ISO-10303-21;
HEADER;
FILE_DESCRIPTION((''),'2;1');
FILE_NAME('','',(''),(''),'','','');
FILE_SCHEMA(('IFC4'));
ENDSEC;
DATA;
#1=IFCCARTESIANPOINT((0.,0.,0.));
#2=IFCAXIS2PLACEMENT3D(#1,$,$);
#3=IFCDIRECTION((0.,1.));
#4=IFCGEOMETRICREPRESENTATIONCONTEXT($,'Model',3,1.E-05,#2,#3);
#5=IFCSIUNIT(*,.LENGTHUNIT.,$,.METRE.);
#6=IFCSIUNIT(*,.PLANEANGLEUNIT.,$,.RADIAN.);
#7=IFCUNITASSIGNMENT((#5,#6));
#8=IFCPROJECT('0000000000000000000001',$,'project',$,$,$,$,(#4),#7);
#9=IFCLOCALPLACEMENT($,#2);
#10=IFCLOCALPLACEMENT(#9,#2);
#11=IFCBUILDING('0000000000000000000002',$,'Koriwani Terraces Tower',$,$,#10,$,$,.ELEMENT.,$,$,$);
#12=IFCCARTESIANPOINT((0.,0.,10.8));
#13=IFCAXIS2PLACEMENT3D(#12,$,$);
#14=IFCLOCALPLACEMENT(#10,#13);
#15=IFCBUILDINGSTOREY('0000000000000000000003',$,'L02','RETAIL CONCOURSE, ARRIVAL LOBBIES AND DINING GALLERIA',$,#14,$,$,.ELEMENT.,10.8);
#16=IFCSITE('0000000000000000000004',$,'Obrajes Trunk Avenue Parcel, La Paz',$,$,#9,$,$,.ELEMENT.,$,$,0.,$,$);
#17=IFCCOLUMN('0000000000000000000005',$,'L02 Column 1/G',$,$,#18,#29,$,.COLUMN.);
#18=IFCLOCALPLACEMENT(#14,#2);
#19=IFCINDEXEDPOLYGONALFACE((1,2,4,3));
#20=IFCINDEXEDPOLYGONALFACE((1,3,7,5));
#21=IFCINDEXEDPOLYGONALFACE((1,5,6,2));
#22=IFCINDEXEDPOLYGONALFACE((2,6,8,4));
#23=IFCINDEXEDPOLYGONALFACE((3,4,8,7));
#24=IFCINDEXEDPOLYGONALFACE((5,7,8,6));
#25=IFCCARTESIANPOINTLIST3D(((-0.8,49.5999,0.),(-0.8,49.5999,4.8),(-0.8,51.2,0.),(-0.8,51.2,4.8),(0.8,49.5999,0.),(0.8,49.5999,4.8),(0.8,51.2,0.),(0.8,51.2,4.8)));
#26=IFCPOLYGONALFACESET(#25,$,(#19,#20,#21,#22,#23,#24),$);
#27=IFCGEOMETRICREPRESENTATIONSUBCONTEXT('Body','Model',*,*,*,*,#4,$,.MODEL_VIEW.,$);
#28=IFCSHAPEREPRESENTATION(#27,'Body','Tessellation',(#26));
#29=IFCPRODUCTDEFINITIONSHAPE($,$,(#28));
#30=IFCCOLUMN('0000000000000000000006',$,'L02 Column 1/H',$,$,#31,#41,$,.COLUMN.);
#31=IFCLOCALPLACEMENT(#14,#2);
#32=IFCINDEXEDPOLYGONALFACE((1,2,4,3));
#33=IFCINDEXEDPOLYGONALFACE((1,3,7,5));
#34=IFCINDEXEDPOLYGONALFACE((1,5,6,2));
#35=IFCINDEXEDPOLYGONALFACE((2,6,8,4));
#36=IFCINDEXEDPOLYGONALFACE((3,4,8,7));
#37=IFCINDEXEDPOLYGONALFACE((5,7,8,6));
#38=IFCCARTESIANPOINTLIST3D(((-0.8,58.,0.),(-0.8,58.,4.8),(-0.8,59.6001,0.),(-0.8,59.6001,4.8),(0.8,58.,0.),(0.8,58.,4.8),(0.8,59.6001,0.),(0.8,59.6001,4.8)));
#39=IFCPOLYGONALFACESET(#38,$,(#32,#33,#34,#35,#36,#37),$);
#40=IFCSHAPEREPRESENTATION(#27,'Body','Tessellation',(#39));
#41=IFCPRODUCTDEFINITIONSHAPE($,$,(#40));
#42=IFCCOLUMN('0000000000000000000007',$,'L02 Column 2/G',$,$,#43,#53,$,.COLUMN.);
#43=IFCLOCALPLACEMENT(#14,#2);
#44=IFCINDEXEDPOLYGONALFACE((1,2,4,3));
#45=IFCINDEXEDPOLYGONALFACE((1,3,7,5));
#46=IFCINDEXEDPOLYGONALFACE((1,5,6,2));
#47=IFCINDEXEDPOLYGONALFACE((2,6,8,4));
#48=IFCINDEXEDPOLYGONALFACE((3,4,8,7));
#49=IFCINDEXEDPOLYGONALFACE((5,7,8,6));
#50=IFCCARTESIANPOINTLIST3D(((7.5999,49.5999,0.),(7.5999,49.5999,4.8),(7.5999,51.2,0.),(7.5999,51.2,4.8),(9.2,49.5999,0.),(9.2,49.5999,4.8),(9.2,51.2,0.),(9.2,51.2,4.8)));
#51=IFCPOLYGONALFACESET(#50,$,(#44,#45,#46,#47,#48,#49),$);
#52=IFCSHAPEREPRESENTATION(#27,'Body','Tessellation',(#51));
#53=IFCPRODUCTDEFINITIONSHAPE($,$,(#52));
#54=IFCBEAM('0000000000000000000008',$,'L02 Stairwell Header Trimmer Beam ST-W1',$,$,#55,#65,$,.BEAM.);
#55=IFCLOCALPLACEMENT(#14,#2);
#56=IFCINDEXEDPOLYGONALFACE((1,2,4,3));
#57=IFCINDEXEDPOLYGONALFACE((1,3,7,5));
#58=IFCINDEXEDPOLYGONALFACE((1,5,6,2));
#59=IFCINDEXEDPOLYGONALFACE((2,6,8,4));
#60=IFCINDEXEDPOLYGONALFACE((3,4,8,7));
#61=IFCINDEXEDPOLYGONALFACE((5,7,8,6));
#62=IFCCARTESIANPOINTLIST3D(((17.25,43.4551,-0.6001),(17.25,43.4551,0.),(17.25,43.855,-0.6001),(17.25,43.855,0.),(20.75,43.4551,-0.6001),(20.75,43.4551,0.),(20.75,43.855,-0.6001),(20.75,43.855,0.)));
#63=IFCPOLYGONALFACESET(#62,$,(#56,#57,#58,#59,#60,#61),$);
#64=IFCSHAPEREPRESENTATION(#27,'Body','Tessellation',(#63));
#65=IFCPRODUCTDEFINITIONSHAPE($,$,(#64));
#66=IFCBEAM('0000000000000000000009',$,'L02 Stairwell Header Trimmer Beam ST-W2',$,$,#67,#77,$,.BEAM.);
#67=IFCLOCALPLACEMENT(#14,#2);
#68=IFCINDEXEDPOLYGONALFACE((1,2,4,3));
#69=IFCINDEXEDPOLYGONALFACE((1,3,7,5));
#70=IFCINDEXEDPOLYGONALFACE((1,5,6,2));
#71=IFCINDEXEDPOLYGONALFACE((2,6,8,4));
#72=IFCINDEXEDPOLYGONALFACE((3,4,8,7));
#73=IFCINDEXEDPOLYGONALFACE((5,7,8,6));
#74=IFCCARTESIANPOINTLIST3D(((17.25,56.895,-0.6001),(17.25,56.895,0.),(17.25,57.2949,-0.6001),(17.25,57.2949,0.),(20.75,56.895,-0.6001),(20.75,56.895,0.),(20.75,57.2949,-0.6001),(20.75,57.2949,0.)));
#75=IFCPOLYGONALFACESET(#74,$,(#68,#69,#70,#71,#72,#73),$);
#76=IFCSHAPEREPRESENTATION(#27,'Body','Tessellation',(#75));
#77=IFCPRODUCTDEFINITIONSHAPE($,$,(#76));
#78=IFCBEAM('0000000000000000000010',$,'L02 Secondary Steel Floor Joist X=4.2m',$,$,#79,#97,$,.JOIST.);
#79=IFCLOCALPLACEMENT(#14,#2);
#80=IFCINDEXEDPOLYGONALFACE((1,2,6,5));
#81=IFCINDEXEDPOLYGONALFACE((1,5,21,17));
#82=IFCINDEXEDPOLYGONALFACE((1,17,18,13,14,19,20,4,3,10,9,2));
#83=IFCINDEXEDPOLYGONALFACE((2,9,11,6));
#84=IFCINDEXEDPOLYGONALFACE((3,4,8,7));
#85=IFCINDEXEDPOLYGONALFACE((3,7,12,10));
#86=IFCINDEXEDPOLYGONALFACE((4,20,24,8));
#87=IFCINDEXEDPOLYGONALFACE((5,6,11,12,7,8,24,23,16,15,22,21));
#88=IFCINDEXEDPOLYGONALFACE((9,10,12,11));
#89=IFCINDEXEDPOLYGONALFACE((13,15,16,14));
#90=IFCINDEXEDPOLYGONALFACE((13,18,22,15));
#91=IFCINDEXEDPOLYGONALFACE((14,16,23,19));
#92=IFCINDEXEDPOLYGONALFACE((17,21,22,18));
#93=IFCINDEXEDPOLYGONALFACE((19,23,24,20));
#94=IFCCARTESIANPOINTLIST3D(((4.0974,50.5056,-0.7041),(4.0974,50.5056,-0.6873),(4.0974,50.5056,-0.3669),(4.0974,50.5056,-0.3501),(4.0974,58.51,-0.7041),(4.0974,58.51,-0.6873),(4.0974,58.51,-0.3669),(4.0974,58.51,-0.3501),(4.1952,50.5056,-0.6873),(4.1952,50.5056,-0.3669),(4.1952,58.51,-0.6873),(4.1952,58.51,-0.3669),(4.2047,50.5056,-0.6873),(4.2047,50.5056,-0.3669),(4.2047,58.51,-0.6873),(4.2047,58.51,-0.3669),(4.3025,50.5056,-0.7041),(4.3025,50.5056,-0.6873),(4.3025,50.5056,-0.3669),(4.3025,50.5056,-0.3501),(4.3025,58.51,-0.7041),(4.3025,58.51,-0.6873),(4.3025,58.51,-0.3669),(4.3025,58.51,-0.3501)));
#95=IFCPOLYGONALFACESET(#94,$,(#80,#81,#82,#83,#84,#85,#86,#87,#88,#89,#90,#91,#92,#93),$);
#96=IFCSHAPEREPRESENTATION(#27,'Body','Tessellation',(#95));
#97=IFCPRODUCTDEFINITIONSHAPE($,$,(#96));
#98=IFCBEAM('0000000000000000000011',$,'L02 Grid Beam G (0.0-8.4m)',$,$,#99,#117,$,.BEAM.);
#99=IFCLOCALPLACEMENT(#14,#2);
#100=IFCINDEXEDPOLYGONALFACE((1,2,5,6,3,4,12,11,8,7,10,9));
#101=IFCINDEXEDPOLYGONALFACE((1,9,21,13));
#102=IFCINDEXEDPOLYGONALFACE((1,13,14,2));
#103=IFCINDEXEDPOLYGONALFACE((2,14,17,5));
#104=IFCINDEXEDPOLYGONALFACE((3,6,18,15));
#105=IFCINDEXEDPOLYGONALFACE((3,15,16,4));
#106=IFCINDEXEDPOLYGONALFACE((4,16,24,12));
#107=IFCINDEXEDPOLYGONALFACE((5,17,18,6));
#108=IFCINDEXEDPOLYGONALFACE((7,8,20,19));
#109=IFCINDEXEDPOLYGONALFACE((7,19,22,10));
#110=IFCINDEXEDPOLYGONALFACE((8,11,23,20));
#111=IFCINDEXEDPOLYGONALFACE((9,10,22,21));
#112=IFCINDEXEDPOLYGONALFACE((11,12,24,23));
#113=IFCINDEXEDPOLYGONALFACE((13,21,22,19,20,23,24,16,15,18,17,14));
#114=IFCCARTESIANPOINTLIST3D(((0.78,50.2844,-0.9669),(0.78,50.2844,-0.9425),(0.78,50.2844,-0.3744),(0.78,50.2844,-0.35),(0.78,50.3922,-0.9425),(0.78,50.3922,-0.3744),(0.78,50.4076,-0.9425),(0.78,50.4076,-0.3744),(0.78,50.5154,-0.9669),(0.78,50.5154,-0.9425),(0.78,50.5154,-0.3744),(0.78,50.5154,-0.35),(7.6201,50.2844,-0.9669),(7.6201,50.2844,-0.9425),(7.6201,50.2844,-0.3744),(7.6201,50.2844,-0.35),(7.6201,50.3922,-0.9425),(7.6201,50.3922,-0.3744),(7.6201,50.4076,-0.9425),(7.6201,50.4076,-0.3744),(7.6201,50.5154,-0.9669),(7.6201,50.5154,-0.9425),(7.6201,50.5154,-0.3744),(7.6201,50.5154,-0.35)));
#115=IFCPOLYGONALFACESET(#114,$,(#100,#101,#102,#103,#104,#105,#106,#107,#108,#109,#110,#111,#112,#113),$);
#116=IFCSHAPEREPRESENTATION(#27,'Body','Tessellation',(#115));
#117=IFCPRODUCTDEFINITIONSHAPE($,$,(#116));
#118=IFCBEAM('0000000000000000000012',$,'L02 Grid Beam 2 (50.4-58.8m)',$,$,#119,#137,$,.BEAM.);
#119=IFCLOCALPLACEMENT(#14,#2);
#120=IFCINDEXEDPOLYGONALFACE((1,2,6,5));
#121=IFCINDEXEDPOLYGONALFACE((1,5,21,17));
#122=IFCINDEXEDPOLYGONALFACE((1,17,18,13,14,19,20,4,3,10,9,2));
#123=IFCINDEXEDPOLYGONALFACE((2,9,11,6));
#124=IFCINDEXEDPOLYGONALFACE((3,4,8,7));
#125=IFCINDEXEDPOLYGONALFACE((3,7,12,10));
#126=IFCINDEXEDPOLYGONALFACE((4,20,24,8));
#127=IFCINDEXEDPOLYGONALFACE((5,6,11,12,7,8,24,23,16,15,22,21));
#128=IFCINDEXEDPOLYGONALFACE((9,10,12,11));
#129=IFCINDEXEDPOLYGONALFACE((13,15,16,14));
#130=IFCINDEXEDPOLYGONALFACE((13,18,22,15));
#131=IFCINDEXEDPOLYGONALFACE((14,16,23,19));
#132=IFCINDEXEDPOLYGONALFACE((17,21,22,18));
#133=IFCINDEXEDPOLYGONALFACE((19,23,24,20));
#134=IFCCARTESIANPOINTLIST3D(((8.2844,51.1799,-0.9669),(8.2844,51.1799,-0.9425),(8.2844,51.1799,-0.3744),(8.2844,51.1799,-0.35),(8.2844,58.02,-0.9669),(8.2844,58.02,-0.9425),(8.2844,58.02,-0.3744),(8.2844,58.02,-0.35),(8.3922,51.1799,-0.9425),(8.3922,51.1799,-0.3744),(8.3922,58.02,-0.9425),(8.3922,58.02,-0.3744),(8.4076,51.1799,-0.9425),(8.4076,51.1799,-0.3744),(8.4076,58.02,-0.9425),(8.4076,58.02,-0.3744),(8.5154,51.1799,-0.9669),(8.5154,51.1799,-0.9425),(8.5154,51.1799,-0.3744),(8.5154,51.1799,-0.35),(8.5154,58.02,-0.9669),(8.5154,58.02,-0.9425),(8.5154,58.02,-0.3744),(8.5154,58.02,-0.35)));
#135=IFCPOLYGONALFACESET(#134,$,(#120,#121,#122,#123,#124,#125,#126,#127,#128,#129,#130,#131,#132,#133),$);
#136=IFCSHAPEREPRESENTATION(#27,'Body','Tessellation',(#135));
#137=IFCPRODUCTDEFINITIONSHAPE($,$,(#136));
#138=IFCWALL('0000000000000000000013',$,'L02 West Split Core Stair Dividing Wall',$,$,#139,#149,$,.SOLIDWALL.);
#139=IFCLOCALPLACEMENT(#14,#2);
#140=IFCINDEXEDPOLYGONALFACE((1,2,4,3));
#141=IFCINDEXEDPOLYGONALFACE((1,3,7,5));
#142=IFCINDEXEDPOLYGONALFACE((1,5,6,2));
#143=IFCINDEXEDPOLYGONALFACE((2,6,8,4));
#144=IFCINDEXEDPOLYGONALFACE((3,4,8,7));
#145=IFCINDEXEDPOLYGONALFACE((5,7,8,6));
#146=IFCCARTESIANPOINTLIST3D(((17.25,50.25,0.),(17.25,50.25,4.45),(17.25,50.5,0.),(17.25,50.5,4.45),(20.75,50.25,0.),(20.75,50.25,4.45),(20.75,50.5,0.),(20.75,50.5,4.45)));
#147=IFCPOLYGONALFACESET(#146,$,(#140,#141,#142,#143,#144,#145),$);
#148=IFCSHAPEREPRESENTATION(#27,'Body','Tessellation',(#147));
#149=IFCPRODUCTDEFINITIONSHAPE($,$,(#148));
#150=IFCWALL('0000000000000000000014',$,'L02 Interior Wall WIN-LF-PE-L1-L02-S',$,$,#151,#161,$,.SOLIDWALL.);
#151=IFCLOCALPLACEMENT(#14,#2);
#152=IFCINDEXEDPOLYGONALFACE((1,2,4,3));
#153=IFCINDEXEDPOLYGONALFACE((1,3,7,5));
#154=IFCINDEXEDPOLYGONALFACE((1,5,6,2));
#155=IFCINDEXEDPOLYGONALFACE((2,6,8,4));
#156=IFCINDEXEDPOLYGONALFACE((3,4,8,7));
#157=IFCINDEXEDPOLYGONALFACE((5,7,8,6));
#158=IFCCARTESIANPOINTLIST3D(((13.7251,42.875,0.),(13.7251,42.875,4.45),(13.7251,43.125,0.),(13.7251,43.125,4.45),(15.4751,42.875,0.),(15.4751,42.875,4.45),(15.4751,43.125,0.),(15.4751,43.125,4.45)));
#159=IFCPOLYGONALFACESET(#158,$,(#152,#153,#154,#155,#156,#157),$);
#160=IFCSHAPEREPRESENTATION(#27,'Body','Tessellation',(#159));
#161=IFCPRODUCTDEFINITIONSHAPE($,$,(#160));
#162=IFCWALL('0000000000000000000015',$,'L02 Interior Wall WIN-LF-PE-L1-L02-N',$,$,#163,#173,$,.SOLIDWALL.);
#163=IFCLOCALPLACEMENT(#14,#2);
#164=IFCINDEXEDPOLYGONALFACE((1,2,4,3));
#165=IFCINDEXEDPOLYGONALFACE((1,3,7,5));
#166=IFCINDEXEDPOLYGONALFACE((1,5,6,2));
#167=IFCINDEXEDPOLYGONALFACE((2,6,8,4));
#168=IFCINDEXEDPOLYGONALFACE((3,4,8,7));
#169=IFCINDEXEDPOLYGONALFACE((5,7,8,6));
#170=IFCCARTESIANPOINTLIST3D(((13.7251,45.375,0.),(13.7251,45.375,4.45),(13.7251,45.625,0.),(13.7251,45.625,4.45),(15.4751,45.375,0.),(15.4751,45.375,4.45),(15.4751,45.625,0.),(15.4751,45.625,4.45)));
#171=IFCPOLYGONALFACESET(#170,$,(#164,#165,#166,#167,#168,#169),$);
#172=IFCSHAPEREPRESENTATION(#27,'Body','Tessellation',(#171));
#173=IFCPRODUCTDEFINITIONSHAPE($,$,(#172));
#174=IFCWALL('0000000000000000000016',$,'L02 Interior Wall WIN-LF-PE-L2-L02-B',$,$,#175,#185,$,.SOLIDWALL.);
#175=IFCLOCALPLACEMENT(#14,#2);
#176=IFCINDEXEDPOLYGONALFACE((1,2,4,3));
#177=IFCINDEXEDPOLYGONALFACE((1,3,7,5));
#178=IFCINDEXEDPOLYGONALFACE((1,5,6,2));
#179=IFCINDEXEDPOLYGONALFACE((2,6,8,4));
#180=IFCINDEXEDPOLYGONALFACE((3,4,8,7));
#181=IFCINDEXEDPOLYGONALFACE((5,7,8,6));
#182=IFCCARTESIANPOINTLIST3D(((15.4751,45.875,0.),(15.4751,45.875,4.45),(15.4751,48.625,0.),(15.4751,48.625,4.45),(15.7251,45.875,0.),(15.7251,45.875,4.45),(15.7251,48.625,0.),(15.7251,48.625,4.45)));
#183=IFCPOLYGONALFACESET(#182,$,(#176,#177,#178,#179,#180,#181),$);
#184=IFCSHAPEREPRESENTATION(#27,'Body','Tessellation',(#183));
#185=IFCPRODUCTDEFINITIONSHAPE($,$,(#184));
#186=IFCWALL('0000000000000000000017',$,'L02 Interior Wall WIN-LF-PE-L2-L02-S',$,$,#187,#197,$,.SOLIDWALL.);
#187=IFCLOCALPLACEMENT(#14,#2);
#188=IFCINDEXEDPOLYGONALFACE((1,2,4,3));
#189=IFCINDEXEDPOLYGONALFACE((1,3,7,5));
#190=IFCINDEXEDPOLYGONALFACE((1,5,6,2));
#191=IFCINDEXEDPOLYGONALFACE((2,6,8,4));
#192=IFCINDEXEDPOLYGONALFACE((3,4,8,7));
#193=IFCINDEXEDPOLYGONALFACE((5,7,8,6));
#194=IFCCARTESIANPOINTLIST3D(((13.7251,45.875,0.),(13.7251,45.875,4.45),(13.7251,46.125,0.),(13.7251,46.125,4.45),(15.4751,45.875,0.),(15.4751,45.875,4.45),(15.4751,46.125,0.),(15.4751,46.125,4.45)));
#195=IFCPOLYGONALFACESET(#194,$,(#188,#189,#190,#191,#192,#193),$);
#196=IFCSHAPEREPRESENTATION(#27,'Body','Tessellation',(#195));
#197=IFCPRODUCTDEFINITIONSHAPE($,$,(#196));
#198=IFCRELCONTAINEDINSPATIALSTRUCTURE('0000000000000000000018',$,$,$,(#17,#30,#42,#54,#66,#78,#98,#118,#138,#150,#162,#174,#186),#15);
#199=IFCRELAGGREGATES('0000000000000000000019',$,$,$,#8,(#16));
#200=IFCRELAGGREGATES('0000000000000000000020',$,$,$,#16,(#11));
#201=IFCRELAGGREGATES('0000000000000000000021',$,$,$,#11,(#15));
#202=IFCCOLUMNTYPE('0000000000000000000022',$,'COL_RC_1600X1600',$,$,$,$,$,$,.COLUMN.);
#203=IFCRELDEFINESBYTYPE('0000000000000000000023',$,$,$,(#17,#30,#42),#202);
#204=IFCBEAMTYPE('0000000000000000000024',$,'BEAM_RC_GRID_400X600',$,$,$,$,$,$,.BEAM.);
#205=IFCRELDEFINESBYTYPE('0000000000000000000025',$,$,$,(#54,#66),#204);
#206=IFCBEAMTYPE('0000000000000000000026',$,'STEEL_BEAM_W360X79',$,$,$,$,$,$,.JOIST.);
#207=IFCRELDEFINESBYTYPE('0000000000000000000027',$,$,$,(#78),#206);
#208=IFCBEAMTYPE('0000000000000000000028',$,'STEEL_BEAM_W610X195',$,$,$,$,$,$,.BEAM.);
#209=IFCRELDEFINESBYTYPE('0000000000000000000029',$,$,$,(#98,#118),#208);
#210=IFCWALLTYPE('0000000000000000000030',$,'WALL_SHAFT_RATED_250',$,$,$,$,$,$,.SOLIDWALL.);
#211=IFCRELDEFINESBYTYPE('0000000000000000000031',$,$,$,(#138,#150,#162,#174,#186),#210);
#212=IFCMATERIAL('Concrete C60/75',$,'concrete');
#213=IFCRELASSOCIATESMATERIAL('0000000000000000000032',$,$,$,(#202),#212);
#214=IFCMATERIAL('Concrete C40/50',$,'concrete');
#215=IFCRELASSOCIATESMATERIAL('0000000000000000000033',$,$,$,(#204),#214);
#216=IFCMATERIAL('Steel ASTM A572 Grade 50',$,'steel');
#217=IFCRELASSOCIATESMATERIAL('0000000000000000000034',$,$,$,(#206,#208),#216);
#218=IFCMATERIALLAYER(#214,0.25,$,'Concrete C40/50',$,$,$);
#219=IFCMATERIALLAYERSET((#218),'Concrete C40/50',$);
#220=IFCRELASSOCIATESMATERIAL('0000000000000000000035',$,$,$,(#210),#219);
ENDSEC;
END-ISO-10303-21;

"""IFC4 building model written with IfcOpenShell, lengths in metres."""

from ifc_helpers import new_model, si_unit, direction, frame, frame_2d, origin, origin_2d, place, context, subcontext, project, spatial, rectangle, i_section, extrude, material, layer, layer_set, material_profile, profile_set, type_object, element, save


model = new_model("IFC4")

# Units and contexts
model_context = context("Model", 3, precision=1e-05, world=origin(), true_north=direction((0.0, 1.0)))
body_context = subcontext(model_context, "Body", "Model", "MODEL_VIEW")
ifc_project = project(units=[si_unit("LENGTHUNIT", "METRE"), si_unit("PLANEANGLEUNIT", "RADIAN")], contexts=[model_context])

# Site, building, storey
site_placement = place(None, origin())
site = spatial("IfcSite", under=ifc_project, at=site_placement, Name="Obrajes Trunk Avenue Parcel, La Paz", CompositionType="ELEMENT", RefElevation=0.0)
building_placement = place(site_placement, origin())
building = spatial("IfcBuilding", under=site, at=building_placement, Name="Koriwani Terraces Tower", CompositionType="ELEMENT")
storey_placement = place(building_placement, frame((0.0, 0.0, 10.8)))
storey = spatial("IfcBuildingStorey", under=building, at=storey_placement, Name="L02", Description="RETAIL CONCOURSE, ARRIVAL LOBBIES AND DINING GALLERIA", CompositionType="ELEMENT", Elevation=10.8)

# Columns
ifc_material_1 = material(Name="Concrete C60/75", Category="concrete")
ifc_material_profile_1 = material_profile(ifc_material_1, rectangle(XDim=1.6001, YDim=1.6001, at=origin_2d()), Name="Concrete C60/75", Category="LoadBearing")
ifc_profile_set_1 = profile_set([ifc_material_profile_1], Name="Concrete C60/75")
column_type = type_object("IfcColumnType", Name="COL_RC_1600X1600", PredefinedType="COLUMN", material=ifc_profile_set_1)
for number, where, z_axis, x_axis, name in (
    (1, (0.0, 50.3999, 0.0), (0.0, 0.0, 1.0), (1.0, 0.0, 0.0), "L02 Column 1/G"),
    (2, (0.0, 58.8, 0.0), (0.0, 0.0, 1.0), (1.0, 0.0, 0.0), "L02 Column 1/H"),
    (3, (8.3999, 50.3999, 0.0), (0.0, 0.0, 1.0), (1.0, 0.0, 0.0), "L02 Column 2/G"),
):
    element("IfcColumn", number, at=place(storey_placement, frame(where, z_axis=z_axis, x_axis=x_axis)), inside=storey, type_object=column_type, Name=name, PredefinedType="COLUMN", context=body_context, shape_type="SweptSolid", body=[
        extrude(rectangle(XDim=1.6001, YDim=1.6001, at=origin_2d()), origin(), (0.0, 0.0, 1.0), 4.8),
    ])

# Beams
ifc_material_2 = material(Name="Concrete C40/50", Category="concrete")
ifc_material_profile_2 = material_profile(ifc_material_2, rectangle(XDim=0.3999, YDim=0.6001, at=origin_2d()), Name="Concrete C40/50", Category="LoadBearing")
ifc_profile_set_2 = profile_set([ifc_material_profile_2], Name="Concrete C40/50")
beam_type_1 = type_object("IfcBeamType", Name="BEAM_RC_GRID_400X600", PredefinedType="BEAM", material=ifc_profile_set_2)
for number, where, z_axis, x_axis, name in (
    (4, (17.25, 43.655, -0.3), (1.0, 0.0, 0.0), (0.0, 1.0, 0.0), "L02 Stairwell Header Trimmer Beam ST-W1"),
    (5, (17.25, 57.095, -0.3), (1.0, 0.0, 0.0), (0.0, 1.0, 0.0), "L02 Stairwell Header Trimmer Beam ST-W2"),
):
    element("IfcBeam", number, at=place(storey_placement, frame(where, z_axis=z_axis, x_axis=x_axis)), inside=storey, type_object=beam_type_1, Name=name, PredefinedType="BEAM", context=body_context, shape_type="SweptSolid", body=[
        extrude(rectangle(XDim=0.3999, YDim=0.6001, at=origin_2d()), origin(), (0.0, 0.0, 1.0), 3.5),
    ])
ifc_material_3 = material(Name="Steel ASTM A572 Grade 50", Category="steel")
ifc_material_profile_3 = material_profile(ifc_material_3, i_section(OverallWidth=0.2051, OverallDepth=0.354, WebThickness=0.0095, FlangeThickness=0.0168, at=origin_2d()), Name="Steel ASTM A572 Grade 50", Category="LoadBearing")
ifc_profile_set_3 = profile_set([ifc_material_profile_3], Name="Steel ASTM A572 Grade 50")
beam_type_2 = type_object("IfcBeamType", Name="STEEL_BEAM_W360X79", PredefinedType="JOIST", material=ifc_profile_set_3)
beam_placement = place(storey_placement, frame((4.2, 50.5056, -0.5271), z_axis=(0.0, 1.0, 0.0), x_axis=(-1.0, 0.0, 0.0)))
element("IfcBeam", 6, at=beam_placement, inside=storey, type_object=beam_type_2, Name="L02 Secondary Steel Floor Joist X=4.2m", PredefinedType="JOIST", context=body_context, shape_type="SweptSolid", body=[
    extrude(i_section(OverallWidth=0.2051, OverallDepth=0.354, WebThickness=0.0095, FlangeThickness=0.0168, at=origin_2d()), origin(), (0.0, 0.0, 1.0), 8.0044),
])
ifc_material_profile_4 = material_profile(ifc_material_3, i_section(OverallWidth=0.231, OverallDepth=0.6169, WebThickness=0.0154, FlangeThickness=0.0244, at=origin_2d()), Name="Steel ASTM A572 Grade 50", Category="LoadBearing")
ifc_profile_set_4 = profile_set([ifc_material_profile_4], Name="Steel ASTM A572 Grade 50")
beam_type_3 = type_object("IfcBeamType", Name="STEEL_BEAM_W610X195", PredefinedType="BEAM", material=ifc_profile_set_4)
for number, where, z_axis, x_axis, name in (
    (7, (0.78, 50.3999, -0.6584), (1.0, 0.0, 0.0), (0.0, 1.0, 0.0), "L02 Grid Beam G (0.0-8.4m)"),
    (8, (8.3999, 51.1799, -0.6584), (0.0, 1.0, 0.0), (-1.0, 0.0, 0.0), "L02 Grid Beam 2 (50.4-58.8m)"),
):
    element("IfcBeam", number, at=place(storey_placement, frame(where, z_axis=z_axis, x_axis=x_axis)), inside=storey, type_object=beam_type_3, Name=name, PredefinedType="BEAM", context=body_context, shape_type="SweptSolid", body=[
        extrude(i_section(OverallWidth=0.231, OverallDepth=0.6169, WebThickness=0.0154, FlangeThickness=0.0244, at=origin_2d()), origin(), (0.0, 0.0, 1.0), 6.8401),
    ])

# Wall
ifc_layer = layer(ifc_material_2, 0.25, Name="Concrete C40/50")
ifc_layer_set = layer_set([ifc_layer], Name="Concrete C40/50")
wall_type = type_object("IfcWallType", Name="WALL_SHAFT_RATED_250", PredefinedType="SOLIDWALL", material=ifc_layer_set)
wall_1_placement = place(storey_placement, frame((17.25, 50.375, 0.0), z_axis=(0.0, 0.0, 1.0), x_axis=(1.0, 0.0, 0.0)))
element("IfcWall", 9, at=wall_1_placement, inside=storey, type_object=wall_type, Name="L02 West Split Core Stair Dividing Wall", PredefinedType="SOLIDWALL", context=body_context, shape_type="SweptSolid", body=[
    extrude(rectangle(XDim=3.5, YDim=0.25, at=frame_2d((1.75, 0.0))), origin(), (0.0, 0.0, 1.0), 4.45),
])

# Walls
for number, where, z_axis, x_axis, name in (
    (10, (13.7251, 43.0, 0.0), (0.0, 0.0, 1.0), (1.0, 0.0, 0.0), "L02 Interior Wall WIN-LF-PE-L1-L02-S"),
    (11, (13.7251, 45.5, 0.0), (0.0, 0.0, 1.0), (1.0, 0.0, 0.0), "L02 Interior Wall WIN-LF-PE-L1-L02-N"),
):
    element("IfcWall", number, at=place(storey_placement, frame(where, z_axis=z_axis, x_axis=x_axis)), inside=storey, type_object=wall_type, Name=name, PredefinedType="SOLIDWALL", context=body_context, shape_type="SweptSolid", body=[
        extrude(rectangle(XDim=1.75, YDim=0.25, at=frame_2d((0.875, 0.0))), origin(), (0.0, 0.0, 1.0), 4.45),
    ])

# Walls
wall_2_placement = place(storey_placement, frame((15.6001, 45.875, 0.0), z_axis=(0.0, 0.0, 1.0), x_axis=(0.0, 1.0, 0.0)))
element("IfcWall", 12, at=wall_2_placement, inside=storey, type_object=wall_type, Name="L02 Interior Wall WIN-LF-PE-L2-L02-B", PredefinedType="SOLIDWALL", context=body_context, shape_type="SweptSolid", body=[
    extrude(rectangle(XDim=2.75, YDim=0.25, at=frame_2d((1.375, 0.0))), origin(), (0.0, 0.0, 1.0), 4.45),
])
for number, where, z_axis, x_axis, name in (
    (13, (13.7251, 46.0, 0.0), (0.0, 0.0, 1.0), (1.0, 0.0, 0.0), "L02 Interior Wall WIN-LF-PE-L2-L02-S"),
):
    element("IfcWall", number, at=place(storey_placement, frame(where, z_axis=z_axis, x_axis=x_axis)), inside=storey, type_object=wall_type, Name=name, PredefinedType="SOLIDWALL", context=body_context, shape_type="SweptSolid", body=[
        extrude(rectangle(XDim=1.75, YDim=0.25, at=frame_2d((0.875, 0.0))), origin(), (0.0, 0.0, 1.0), 4.45),
    ])

save(model, "model.ifc")
